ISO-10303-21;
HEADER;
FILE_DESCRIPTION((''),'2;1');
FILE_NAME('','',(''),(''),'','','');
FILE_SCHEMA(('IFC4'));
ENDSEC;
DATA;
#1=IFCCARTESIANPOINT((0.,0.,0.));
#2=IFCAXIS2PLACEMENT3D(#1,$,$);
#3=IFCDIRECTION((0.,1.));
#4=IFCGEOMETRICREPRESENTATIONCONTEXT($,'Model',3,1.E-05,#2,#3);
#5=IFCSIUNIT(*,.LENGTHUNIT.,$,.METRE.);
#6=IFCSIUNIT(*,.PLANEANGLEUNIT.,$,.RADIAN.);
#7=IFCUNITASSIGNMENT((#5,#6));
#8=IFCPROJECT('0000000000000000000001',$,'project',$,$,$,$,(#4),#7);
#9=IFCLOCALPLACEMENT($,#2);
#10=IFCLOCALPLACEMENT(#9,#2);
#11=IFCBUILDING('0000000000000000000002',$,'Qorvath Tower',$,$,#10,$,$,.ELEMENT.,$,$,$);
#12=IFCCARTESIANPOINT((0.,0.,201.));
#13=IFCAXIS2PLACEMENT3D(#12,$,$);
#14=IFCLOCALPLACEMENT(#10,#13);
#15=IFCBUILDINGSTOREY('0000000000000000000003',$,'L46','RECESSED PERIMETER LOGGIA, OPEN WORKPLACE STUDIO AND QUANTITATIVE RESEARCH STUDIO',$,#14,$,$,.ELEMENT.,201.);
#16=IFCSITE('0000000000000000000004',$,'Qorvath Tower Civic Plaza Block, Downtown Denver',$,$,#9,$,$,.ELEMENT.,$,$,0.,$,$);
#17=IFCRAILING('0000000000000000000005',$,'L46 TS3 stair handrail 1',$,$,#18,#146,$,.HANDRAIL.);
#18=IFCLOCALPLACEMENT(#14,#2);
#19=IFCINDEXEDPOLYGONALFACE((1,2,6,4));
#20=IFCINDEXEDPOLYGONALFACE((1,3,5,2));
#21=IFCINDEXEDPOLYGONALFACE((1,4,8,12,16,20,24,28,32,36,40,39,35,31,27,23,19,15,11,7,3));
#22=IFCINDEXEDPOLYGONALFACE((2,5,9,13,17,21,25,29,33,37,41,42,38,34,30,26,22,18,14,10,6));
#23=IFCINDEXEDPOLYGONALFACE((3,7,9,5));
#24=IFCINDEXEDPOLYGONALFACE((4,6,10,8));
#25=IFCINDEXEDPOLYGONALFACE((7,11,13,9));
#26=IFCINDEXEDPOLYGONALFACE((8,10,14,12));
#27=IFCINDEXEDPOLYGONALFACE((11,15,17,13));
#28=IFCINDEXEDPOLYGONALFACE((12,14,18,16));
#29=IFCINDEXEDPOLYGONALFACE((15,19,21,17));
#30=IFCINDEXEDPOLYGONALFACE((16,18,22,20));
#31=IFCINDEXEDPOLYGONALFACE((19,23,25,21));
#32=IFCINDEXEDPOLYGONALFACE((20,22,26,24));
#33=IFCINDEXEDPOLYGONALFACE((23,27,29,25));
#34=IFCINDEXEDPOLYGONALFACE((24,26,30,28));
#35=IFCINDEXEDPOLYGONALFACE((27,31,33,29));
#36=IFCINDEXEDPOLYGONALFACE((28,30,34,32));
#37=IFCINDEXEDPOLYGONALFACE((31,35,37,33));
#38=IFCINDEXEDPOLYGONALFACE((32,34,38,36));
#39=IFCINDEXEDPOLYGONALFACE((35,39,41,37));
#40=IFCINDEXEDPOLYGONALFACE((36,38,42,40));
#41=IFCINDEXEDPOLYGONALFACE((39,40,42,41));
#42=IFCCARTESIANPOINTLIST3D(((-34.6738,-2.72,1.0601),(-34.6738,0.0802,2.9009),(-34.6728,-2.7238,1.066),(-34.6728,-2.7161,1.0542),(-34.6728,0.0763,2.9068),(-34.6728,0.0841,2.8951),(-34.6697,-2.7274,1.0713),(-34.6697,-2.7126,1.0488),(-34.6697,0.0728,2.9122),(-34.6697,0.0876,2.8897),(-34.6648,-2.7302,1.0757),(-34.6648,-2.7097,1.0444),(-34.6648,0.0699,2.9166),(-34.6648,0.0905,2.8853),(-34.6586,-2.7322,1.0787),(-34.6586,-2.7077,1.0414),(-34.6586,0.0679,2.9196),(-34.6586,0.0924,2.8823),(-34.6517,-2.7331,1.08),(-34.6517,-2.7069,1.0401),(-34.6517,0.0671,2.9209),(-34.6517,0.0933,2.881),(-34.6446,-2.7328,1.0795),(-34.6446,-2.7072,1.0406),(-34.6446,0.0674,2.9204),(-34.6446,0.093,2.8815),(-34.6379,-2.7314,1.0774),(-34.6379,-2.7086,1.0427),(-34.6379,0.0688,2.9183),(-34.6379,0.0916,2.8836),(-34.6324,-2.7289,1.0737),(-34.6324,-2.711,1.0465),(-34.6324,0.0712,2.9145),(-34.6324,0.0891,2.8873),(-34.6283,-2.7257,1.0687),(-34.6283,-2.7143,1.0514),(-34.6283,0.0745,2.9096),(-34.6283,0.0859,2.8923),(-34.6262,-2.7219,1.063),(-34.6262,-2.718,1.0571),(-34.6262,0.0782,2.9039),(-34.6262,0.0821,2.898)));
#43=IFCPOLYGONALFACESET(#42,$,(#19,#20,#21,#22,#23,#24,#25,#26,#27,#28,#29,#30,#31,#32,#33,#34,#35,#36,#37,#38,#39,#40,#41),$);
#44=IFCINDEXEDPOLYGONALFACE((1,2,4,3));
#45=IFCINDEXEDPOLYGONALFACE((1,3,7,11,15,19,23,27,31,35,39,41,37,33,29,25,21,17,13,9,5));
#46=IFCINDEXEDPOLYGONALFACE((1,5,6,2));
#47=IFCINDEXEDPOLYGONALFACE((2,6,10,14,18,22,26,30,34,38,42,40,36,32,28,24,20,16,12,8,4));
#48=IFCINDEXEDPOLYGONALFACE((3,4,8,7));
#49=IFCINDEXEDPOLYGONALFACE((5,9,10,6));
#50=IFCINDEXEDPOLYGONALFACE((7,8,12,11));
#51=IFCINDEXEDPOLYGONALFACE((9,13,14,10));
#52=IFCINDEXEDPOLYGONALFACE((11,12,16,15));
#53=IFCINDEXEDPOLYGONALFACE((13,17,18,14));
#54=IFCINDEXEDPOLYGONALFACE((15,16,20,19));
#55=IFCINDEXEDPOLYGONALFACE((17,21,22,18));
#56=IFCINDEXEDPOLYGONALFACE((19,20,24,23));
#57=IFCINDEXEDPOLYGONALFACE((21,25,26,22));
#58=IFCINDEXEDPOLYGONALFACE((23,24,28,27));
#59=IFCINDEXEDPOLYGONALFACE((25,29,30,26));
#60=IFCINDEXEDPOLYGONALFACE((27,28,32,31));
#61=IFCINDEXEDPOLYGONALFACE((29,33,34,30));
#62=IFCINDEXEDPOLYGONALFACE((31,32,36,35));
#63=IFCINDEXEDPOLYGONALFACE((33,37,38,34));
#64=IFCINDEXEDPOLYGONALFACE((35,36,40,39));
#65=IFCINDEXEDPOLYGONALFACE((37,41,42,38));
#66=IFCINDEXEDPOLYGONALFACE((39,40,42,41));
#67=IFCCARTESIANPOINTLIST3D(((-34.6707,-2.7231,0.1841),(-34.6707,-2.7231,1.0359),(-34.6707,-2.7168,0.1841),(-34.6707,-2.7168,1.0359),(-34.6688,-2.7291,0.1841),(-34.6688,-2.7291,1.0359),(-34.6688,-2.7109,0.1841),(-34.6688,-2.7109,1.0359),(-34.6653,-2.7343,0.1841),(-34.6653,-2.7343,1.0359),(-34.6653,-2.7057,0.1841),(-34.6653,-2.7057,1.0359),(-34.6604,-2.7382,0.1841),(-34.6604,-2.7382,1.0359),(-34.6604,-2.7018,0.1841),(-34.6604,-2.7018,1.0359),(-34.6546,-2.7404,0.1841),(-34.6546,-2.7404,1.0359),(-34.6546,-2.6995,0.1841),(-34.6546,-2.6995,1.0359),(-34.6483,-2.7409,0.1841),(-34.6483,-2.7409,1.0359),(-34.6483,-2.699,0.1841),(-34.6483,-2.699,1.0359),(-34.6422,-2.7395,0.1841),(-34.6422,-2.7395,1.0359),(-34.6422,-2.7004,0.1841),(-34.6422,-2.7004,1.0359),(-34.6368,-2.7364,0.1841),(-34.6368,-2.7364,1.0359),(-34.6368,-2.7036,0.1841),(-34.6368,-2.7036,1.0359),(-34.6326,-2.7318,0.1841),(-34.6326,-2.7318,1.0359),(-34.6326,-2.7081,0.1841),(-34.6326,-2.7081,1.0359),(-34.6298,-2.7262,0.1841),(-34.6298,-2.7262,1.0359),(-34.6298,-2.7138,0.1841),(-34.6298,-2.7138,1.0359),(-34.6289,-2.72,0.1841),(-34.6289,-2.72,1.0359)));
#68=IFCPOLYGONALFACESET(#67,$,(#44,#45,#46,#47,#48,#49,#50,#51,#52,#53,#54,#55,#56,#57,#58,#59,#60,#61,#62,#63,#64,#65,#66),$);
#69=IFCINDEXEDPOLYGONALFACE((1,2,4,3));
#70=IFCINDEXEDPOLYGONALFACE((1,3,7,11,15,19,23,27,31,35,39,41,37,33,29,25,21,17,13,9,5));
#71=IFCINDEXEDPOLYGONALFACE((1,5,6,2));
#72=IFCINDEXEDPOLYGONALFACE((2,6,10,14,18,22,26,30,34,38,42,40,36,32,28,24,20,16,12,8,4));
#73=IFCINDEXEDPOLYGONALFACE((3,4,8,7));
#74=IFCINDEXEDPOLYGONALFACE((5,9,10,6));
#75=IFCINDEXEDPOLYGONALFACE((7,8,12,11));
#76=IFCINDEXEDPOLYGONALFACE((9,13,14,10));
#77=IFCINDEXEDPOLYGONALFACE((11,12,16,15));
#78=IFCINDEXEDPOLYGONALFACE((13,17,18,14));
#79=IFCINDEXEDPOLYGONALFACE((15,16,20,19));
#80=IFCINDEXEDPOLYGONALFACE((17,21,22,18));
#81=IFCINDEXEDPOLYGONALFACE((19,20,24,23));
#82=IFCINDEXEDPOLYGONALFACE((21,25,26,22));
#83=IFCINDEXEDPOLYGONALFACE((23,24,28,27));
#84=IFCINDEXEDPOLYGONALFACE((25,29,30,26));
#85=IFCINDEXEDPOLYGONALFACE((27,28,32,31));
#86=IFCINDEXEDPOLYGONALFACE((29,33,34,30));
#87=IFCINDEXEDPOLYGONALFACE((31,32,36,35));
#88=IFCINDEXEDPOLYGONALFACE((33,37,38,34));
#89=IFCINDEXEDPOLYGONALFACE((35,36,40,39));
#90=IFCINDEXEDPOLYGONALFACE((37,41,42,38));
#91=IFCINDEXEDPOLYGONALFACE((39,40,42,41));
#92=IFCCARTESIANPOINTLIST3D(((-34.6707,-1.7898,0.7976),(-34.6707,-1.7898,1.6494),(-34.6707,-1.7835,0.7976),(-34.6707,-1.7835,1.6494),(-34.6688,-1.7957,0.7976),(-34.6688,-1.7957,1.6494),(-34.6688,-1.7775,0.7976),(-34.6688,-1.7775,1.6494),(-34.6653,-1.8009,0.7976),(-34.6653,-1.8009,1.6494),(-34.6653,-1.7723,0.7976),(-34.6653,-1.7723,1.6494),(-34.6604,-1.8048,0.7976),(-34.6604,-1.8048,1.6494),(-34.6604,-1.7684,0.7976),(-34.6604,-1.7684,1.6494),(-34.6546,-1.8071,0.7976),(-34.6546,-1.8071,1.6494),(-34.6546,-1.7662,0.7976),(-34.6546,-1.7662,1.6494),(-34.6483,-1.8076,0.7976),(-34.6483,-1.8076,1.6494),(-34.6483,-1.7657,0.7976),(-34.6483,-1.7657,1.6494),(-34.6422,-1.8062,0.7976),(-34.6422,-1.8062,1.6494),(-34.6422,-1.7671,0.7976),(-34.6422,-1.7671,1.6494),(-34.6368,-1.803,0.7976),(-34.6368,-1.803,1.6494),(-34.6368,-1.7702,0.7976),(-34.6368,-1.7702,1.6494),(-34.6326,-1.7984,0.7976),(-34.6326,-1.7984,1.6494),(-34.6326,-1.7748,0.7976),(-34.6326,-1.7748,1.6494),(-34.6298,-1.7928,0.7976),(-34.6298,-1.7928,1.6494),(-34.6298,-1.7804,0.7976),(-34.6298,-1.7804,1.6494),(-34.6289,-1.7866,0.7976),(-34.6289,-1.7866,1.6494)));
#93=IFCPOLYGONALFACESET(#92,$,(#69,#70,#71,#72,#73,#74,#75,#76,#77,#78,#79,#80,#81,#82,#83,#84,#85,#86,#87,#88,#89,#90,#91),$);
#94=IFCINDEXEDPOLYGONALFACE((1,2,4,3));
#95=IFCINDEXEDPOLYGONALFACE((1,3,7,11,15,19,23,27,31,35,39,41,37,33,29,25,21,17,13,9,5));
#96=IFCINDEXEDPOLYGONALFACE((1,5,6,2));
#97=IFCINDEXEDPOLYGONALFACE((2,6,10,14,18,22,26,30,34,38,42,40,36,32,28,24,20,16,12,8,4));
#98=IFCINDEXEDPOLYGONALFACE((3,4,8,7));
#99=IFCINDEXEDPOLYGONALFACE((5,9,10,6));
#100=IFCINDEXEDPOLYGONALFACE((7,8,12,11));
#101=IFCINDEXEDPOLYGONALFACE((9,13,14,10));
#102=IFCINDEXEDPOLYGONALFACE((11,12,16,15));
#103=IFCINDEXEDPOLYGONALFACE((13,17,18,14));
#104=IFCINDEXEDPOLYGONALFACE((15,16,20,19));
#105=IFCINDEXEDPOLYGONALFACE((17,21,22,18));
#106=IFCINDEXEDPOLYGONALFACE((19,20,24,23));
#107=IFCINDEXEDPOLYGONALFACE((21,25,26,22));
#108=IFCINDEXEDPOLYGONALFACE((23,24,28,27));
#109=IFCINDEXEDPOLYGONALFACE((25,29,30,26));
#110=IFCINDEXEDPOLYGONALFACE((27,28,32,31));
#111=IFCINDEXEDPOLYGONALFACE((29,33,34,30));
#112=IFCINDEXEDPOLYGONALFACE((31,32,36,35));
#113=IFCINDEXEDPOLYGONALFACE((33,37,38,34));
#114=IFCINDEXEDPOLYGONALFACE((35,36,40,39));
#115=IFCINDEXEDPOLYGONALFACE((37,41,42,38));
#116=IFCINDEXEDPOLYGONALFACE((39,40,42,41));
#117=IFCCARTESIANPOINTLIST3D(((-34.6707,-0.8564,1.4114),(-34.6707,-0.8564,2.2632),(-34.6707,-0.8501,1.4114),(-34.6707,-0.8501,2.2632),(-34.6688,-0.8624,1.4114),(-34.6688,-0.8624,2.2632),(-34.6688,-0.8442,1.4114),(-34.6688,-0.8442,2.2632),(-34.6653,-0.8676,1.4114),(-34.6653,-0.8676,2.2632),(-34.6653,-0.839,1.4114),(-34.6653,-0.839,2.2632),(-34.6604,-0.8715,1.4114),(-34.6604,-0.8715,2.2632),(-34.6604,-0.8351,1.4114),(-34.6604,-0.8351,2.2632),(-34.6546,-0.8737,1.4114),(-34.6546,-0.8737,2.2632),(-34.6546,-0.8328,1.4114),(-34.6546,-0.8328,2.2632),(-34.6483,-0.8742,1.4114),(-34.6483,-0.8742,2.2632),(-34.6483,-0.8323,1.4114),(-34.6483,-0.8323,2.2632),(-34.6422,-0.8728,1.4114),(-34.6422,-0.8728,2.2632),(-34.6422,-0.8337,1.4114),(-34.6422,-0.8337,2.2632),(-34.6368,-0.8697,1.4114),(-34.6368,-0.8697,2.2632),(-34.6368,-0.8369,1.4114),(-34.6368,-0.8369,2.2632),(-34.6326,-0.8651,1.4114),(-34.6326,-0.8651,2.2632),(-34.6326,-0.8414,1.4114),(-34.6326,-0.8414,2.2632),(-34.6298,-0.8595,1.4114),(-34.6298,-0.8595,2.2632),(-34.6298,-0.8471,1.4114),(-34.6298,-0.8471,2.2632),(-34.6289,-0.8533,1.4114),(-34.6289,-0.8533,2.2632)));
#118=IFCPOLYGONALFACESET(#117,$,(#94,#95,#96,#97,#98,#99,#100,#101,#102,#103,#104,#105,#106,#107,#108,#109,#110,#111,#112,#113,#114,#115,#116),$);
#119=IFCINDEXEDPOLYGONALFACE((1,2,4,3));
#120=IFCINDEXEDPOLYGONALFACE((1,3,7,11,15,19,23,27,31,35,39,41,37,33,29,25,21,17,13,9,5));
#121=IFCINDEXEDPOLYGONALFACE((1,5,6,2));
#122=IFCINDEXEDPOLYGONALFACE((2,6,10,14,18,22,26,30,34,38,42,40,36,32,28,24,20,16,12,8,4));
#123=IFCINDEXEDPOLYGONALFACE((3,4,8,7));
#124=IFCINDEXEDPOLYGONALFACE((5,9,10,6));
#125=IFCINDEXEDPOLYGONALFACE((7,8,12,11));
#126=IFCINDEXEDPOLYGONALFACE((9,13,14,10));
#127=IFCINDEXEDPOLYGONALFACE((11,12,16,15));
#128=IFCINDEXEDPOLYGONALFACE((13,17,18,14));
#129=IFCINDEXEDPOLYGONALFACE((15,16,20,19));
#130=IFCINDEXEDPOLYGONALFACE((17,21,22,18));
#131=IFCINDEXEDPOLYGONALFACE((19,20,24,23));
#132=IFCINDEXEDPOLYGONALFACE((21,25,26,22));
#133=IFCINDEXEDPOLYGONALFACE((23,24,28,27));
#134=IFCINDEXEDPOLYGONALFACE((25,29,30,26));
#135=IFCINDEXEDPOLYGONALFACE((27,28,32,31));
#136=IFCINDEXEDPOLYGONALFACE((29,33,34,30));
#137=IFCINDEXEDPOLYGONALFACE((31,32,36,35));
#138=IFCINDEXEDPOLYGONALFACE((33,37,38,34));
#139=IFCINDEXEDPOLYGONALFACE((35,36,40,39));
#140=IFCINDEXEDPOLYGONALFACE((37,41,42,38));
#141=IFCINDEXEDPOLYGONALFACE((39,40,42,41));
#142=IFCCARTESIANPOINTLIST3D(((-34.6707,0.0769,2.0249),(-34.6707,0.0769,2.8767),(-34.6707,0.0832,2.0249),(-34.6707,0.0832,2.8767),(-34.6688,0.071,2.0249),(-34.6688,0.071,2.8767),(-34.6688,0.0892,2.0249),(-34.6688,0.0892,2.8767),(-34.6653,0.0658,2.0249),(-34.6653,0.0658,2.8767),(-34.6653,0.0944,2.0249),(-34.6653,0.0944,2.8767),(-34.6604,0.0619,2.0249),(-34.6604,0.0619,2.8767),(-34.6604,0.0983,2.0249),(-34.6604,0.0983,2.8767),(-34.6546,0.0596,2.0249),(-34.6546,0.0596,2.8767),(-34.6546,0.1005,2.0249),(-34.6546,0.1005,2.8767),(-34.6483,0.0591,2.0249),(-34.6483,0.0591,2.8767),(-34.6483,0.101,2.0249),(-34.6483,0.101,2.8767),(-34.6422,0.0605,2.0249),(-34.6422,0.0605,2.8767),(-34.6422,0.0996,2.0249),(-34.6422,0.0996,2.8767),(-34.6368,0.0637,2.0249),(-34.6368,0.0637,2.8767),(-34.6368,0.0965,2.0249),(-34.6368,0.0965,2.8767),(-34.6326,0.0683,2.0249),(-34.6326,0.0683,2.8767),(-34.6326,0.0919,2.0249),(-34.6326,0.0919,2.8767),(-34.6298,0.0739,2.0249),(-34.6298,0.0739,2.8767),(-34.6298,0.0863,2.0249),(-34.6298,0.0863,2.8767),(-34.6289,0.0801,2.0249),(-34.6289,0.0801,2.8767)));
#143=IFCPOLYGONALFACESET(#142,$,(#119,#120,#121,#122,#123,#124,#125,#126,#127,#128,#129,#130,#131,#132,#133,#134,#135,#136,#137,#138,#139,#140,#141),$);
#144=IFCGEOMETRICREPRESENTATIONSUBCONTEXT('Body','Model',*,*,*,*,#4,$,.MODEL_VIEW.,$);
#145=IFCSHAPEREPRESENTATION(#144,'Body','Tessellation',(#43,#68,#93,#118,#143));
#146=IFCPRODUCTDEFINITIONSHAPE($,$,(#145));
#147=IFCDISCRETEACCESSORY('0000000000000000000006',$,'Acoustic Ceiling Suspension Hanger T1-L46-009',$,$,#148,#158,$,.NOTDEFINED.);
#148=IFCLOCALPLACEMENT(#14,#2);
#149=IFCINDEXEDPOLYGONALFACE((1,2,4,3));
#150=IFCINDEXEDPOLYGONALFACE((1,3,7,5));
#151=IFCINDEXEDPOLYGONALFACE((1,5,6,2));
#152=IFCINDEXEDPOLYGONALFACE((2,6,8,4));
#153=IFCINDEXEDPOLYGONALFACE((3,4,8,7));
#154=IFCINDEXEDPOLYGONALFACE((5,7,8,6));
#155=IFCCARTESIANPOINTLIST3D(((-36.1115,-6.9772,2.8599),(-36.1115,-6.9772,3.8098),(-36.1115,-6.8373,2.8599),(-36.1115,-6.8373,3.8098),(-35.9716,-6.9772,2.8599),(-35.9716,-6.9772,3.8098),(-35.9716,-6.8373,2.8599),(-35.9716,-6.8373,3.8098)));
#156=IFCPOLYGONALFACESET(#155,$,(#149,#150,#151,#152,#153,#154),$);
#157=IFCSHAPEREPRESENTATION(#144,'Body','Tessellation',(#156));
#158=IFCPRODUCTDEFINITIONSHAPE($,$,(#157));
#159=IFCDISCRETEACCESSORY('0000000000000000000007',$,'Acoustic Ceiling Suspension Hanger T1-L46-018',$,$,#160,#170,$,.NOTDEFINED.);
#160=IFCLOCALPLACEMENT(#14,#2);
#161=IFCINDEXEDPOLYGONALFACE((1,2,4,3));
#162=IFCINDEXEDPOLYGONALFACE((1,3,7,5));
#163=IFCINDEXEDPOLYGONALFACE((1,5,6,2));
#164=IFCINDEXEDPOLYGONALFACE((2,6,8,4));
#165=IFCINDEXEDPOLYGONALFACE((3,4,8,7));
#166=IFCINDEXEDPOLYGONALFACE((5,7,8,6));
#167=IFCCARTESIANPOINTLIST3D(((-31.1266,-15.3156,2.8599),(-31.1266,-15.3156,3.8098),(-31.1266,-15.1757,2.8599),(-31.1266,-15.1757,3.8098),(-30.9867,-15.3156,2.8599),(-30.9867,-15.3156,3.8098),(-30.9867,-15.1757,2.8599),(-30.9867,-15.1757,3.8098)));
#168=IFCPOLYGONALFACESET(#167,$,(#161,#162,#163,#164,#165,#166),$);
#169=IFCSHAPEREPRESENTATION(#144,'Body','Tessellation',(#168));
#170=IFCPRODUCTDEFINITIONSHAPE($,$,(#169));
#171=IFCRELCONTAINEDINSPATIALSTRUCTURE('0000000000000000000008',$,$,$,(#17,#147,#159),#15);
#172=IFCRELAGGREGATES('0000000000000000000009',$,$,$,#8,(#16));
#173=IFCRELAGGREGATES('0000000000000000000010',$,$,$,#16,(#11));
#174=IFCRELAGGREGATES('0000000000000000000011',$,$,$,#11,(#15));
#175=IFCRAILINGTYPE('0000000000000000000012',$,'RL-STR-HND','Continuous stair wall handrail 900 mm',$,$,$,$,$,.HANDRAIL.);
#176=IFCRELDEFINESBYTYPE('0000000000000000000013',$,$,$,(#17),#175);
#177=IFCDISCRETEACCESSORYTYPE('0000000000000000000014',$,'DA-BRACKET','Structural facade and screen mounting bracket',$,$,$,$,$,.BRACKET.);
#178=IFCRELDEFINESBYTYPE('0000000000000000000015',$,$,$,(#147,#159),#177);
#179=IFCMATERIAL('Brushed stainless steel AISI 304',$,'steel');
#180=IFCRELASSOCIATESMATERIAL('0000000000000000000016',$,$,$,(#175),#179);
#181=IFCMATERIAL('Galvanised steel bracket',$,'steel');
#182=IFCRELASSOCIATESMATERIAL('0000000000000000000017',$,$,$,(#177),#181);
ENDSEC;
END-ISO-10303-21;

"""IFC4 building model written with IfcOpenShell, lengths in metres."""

from ifc_helpers import new_model, si_unit, direction, frame, origin, origin_2d, place, context, subcontext, project, spatial, rectangle, circle, extrude, material, type_object, element, save


model = new_model("IFC4")

# Units and contexts
model_context = context("Model", 3, precision=1e-05, world=origin(), true_north=direction((0.0, 1.0)))
body_context = subcontext(model_context, "Body", "Model", "MODEL_VIEW")
ifc_project = project(units=[si_unit("LENGTHUNIT", "METRE"), si_unit("PLANEANGLEUNIT", "RADIAN")], contexts=[model_context])

# Site, building, storey
site_placement = place(None, origin())
site = spatial("IfcSite", under=ifc_project, at=site_placement, Name="Qorvath Tower Civic Plaza Block, Downtown Denver", CompositionType="ELEMENT", RefElevation=0.0)
building_placement = place(site_placement, origin())
building = spatial("IfcBuilding", under=site, at=building_placement, Name="Qorvath Tower", CompositionType="ELEMENT")
storey_placement = place(building_placement, frame((0.0, 0.0, 201.0)))
storey = spatial("IfcBuildingStorey", under=building, at=storey_placement, Name="L46", Description="RECESSED PERIMETER LOGGIA, OPEN WORKPLACE STUDIO AND QUANTITATIVE RESEARCH STUDIO", CompositionType="ELEMENT", Elevation=201.0)

# Railing
ifc_material_1 = material(Name="Brushed stainless steel AISI 304", Category="steel")
railing_type_1 = type_object("IfcRailingType", Name="RL-STR-HND", Description="Continuous stair wall handrail 900 mm", PredefinedType="HANDRAIL", material=ifc_material_1)
railing_1_placement = place(storey_placement, frame((-34.6499, -2.72, 0.1841)))
element("IfcRailing", 1, at=railing_1_placement, inside=storey, type_object=railing_type_1, Name="L46 TS3 stair handrail 1", PredefinedType="HANDRAIL", context=body_context, shape_type="SweptSolid", body=[
    extrude(circle(Radius=0.0239, at=origin_2d()), frame((0.0, 0.0, 0.876), z_axis=(0.0, 0.835598, 0.549342), x_axis=(-1.0, 0.0, 0.0)), (0.0, 0.0, 1.0), 3.3511),
    extrude(circle(Radius=0.021, at=origin_2d()), origin(), (0.0, 0.0, 1.0), 0.8518),
    extrude(circle(Radius=0.021, at=origin_2d()), frame((0.0, 0.9333, 0.6135)), (0.0, 0.0, 1.0), 0.8518),
    extrude(circle(Radius=0.021, at=origin_2d()), frame((0.0, 1.8667, 1.2273)), (0.0, 0.0, 1.0), 0.8518),
    extrude(circle(Radius=0.021, at=origin_2d()), frame((0.0, 2.8, 1.8408)), (0.0, 0.0, 1.0), 0.8518),
])

# Discrete accessories
ifc_material_2 = material(Name="Galvanised steel bracket", Category="steel")
discrete_accessory_type = type_object("IfcDiscreteAccessoryType", Name="DA-BRACKET", Description="Structural facade and screen mounting bracket", PredefinedType="BRACKET", material=ifc_material_2)
for number, where, z_axis, x_axis, name in (
    (2, (-36.0415, -6.9072, 2.8599), (0.0, 0.0, 1.0), (1.0, 0.0, 0.0), "Acoustic Ceiling Suspension Hanger T1-L46-009"),
    (3, (-31.0566, -15.2456, 2.8599), (0.0, 0.0, 1.0), (1.0, 0.0, 0.0), "Acoustic Ceiling Suspension Hanger T1-L46-018"),
):
    element("IfcDiscreteAccessory", number, at=place(storey_placement, frame(where, z_axis=z_axis, x_axis=x_axis)), inside=storey, type_object=discrete_accessory_type, Name=name, PredefinedType="NOTDEFINED", context=body_context, shape_type="SweptSolid", body=[
        extrude(rectangle(XDim=0.1399, YDim=0.1399, at=origin_2d()), origin(), (0.0, 0.0, 1.0), 0.95),
    ])

save(model, "model.ifc")
